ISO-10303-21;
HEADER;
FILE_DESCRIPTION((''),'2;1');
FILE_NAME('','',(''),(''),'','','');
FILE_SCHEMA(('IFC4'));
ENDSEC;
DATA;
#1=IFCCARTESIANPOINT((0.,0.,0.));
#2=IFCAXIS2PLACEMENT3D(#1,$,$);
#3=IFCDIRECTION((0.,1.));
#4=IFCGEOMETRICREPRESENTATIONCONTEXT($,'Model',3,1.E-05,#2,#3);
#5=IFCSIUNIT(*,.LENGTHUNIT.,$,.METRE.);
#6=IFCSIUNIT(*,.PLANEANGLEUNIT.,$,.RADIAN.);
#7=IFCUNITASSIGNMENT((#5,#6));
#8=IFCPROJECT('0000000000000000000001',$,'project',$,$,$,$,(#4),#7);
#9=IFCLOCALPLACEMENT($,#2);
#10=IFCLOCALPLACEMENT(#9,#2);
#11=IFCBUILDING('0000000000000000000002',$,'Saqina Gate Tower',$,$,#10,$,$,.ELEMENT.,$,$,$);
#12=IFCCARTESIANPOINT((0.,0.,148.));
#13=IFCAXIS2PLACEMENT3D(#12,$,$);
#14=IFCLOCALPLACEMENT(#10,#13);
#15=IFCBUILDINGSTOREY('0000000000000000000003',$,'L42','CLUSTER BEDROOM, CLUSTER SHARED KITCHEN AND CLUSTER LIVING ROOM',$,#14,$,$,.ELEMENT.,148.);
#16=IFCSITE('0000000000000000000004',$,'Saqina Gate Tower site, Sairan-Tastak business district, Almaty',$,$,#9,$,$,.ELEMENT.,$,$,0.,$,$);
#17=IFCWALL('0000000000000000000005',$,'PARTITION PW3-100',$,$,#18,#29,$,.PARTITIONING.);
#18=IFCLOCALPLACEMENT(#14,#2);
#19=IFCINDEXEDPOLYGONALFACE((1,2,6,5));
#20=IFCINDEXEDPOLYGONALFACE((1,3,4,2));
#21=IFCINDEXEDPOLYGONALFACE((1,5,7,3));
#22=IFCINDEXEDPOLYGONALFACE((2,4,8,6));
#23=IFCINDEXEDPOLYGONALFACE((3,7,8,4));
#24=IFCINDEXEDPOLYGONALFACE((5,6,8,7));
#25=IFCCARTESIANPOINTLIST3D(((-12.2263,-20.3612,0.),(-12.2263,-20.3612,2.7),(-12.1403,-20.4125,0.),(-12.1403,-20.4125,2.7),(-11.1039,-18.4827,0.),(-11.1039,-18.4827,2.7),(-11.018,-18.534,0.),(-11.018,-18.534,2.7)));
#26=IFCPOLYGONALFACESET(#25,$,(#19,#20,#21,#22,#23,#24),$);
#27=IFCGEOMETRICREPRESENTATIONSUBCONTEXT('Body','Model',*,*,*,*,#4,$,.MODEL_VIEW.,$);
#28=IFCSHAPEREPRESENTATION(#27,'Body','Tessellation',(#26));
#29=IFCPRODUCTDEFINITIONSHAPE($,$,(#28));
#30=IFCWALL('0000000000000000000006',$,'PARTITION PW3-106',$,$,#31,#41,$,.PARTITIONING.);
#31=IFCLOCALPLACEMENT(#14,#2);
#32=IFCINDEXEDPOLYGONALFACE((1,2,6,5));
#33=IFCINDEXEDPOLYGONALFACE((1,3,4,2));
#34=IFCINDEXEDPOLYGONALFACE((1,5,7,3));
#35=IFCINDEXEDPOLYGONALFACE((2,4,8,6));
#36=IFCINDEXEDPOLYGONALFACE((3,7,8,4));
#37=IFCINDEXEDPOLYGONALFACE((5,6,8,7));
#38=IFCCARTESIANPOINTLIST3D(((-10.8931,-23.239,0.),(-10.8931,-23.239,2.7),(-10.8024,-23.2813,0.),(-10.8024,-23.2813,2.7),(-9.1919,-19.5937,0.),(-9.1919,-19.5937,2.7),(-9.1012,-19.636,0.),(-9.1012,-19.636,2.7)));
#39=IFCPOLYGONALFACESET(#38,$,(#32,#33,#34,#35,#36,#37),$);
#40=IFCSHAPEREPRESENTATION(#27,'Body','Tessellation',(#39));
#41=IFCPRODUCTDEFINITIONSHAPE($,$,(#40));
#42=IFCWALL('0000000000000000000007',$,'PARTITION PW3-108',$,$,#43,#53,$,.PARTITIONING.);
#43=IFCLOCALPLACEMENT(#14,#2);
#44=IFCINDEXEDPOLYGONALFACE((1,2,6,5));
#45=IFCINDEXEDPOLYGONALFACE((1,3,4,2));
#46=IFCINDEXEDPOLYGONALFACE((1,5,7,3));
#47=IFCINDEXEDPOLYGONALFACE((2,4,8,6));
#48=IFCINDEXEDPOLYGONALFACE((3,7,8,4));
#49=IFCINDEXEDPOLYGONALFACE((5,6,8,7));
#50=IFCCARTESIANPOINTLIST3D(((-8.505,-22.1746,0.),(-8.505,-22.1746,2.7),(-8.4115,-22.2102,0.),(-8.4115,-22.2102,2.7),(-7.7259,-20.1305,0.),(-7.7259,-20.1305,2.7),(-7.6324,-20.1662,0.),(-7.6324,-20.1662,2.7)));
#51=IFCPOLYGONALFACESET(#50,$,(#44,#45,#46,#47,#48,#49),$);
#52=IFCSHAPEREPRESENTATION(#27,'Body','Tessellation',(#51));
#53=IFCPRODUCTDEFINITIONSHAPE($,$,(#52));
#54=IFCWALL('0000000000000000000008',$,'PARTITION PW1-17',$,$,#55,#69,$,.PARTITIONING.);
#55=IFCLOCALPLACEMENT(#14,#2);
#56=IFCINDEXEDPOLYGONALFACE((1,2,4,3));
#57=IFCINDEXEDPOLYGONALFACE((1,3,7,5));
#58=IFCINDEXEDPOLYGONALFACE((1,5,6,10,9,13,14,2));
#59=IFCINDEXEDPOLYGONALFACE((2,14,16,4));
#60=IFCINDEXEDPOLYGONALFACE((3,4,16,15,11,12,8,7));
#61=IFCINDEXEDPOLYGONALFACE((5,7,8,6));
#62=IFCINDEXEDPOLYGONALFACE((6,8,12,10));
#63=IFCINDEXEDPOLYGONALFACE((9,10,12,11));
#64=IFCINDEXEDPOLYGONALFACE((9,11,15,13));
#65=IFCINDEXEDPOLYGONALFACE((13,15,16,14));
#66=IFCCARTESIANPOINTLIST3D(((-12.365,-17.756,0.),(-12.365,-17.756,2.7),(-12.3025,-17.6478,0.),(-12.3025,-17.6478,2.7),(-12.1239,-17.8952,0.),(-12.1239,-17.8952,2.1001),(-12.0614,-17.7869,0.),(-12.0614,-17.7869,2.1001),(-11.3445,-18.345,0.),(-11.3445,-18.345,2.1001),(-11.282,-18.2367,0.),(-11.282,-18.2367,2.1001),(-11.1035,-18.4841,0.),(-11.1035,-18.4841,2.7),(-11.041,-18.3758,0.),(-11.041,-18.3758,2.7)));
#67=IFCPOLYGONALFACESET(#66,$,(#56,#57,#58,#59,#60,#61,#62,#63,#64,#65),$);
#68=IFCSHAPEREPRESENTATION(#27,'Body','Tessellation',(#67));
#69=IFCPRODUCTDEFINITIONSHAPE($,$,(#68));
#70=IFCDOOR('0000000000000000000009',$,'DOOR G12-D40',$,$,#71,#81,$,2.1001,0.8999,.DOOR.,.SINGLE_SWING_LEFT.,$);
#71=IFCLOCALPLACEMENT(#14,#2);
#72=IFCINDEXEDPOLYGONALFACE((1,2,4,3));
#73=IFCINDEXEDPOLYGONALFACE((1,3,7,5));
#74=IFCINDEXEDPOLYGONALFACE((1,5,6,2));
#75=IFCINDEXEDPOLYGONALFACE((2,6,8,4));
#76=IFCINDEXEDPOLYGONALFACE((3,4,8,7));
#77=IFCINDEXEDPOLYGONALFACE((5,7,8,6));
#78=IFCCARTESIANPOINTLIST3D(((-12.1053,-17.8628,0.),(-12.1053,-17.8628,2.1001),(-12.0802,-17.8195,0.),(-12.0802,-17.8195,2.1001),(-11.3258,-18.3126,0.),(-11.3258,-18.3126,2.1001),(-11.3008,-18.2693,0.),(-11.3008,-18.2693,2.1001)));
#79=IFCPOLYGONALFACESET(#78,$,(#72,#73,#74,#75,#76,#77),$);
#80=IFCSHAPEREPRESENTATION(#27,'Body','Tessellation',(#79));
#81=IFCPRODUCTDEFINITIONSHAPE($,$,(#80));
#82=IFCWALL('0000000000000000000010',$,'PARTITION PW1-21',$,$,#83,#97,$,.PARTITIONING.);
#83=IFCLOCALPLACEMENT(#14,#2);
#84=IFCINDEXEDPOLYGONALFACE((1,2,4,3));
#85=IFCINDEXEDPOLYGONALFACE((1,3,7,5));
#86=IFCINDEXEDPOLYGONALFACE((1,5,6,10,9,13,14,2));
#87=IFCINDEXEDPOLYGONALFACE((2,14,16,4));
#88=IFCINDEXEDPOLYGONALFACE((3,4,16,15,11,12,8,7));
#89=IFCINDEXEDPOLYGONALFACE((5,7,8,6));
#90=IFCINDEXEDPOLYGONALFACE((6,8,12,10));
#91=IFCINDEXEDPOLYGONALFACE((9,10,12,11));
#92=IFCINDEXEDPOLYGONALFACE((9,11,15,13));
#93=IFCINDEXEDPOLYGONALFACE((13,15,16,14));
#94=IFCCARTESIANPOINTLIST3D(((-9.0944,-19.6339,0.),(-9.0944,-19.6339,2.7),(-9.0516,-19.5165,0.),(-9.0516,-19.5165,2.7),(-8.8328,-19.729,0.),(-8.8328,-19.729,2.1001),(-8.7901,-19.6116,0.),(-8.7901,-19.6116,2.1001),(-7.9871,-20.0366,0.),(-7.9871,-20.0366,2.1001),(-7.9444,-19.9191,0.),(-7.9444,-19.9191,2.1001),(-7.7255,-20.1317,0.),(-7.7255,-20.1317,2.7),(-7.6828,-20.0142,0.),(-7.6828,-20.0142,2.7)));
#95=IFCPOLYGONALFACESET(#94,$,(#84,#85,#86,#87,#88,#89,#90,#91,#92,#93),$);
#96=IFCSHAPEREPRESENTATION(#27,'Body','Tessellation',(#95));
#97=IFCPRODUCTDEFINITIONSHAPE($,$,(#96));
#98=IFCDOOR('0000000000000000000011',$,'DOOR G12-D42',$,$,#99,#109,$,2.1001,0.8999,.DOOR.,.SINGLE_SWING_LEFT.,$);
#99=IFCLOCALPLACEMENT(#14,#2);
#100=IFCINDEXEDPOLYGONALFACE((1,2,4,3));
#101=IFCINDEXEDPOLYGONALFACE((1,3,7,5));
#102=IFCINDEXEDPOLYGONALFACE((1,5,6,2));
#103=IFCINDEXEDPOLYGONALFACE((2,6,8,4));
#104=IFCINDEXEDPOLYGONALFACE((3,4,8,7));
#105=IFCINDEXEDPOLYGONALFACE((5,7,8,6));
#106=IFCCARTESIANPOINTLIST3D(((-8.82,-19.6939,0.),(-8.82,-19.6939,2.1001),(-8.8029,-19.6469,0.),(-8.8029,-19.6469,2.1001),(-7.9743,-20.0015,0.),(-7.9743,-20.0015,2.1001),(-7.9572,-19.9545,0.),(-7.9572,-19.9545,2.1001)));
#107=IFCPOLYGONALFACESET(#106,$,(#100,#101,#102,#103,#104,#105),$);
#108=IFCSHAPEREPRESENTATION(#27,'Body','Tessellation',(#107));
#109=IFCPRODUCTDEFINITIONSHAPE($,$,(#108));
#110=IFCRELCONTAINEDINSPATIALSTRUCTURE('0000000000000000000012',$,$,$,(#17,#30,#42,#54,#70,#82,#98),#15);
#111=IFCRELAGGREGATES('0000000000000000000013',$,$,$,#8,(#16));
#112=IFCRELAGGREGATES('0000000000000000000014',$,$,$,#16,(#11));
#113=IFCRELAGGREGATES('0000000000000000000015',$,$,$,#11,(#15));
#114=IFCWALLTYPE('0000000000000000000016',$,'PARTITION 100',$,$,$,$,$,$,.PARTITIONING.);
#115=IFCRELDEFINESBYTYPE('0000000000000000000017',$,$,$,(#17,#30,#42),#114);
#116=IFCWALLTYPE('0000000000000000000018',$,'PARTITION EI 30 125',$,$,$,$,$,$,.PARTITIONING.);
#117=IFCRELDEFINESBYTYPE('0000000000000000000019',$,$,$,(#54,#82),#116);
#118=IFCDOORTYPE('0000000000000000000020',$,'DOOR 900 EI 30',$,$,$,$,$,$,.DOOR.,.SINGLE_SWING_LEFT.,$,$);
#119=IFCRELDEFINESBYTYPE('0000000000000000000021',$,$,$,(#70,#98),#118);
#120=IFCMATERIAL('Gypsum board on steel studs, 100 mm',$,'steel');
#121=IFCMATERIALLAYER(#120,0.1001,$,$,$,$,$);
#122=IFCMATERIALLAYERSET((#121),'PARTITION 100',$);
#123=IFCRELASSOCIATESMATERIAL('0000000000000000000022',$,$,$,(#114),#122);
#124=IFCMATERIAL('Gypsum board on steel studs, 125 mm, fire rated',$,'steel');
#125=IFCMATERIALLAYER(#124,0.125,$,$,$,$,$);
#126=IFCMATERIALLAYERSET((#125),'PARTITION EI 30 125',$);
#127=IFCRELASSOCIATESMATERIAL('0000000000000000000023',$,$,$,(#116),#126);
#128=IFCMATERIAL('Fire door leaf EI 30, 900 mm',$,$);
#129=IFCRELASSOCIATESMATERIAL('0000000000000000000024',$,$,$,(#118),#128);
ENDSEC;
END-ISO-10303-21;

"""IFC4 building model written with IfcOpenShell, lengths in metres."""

from ifc_helpers import new_model, si_unit, direction, frame, frame_2d, origin, place, context, subcontext, project, spatial, rectangle, extrude, material, layer, layer_set, type_object, element, fill, save


model = new_model("IFC4")

# Units and contexts
model_context = context("Model", 3, precision=1e-05, world=origin(), true_north=direction((0.0, 1.0)))
body_context = subcontext(model_context, "Body", "Model", "MODEL_VIEW")
ifc_project = project(units=[si_unit("LENGTHUNIT", "METRE"), si_unit("PLANEANGLEUNIT", "RADIAN")], contexts=[model_context])

# Site, building, storey
site_placement = place(None, origin())
site = spatial("IfcSite", under=ifc_project, at=site_placement, Name="Saqina Gate Tower site, Sairan-Tastak business district, Almaty", CompositionType="ELEMENT", RefElevation=0.0)
building_placement = place(site_placement, origin())
building = spatial("IfcBuilding", under=site, at=building_placement, Name="Saqina Gate Tower", CompositionType="ELEMENT")
storey_placement = place(building_placement, frame((0.0, 0.0, 148.0)))
storey = spatial("IfcBuildingStorey", under=building, at=storey_placement, Name="L42", Description="CLUSTER BEDROOM, CLUSTER SHARED KITCHEN AND CLUSTER LIVING ROOM", CompositionType="ELEMENT", Elevation=148.0)

# Shared definitions
ifc_material_1 = material(Name="Gypsum board on steel studs, 100 mm", Category="steel")
ifc_layer_1 = layer(ifc_material_1, 0.1001)
ifc_layer_set_1 = layer_set([ifc_layer_1], Name="PARTITION 100")
wall_type_1 = type_object("IfcWallType", Name="PARTITION 100", PredefinedType="PARTITIONING", material=ifc_layer_set_1)

# Walls
wall_1_placement = place(storey_placement, frame((-12.1833, -20.387, 0.0), z_axis=(0.0, 0.0, 1.0), x_axis=(0.512903, 0.858446, 0.0)))
element("IfcWall", 1, at=wall_1_placement, inside=storey, type_object=wall_type_1, Name="PARTITION PW3-100", PredefinedType="PARTITIONING", context=body_context, shape_type="SweptSolid", body=[
    extrude(rectangle(XDim=2.1882, YDim=0.1001, at=frame_2d((1.0942, 0.0))), origin(), (0.0, 0.0, 1.0), 2.7),
])
wall_2_placement = place(storey_placement, frame((-10.8477, -23.26, 0.0), z_axis=(0.0, 0.0, 1.0), x_axis=(0.422895, 0.906178, 0.0)))
element("IfcWall", 2, at=wall_2_placement, inside=storey, type_object=wall_type_1, Name="PARTITION PW3-106", PredefinedType="PARTITIONING", context=body_context, shape_type="SweptSolid", body=[
    extrude(rectangle(XDim=4.0227, YDim=0.1001, at=frame_2d((2.0112, 0.0))), origin(), (0.0, 0.0, 1.0), 2.7),
])
wall_3_placement = place(storey_placement, frame((-8.4583, -22.1924, 0.0), z_axis=(0.0, 0.0, 1.0), x_axis=(0.356158, 0.934426, 0.0)))
element("IfcWall", 3, at=wall_3_placement, inside=storey, type_object=wall_type_1, Name="PARTITION PW3-108", PredefinedType="PARTITIONING", context=body_context, shape_type="SweptSolid", body=[
    extrude(rectangle(XDim=2.1875, YDim=0.1001, at=frame_2d((1.0938, 0.0))), origin(), (0.0, 0.0, 1.0), 2.7),
])

# Walls, openings, doors
ifc_material_2 = material(Name="Gypsum board on steel studs, 125 mm, fire rated", Category="steel")
ifc_layer_2 = layer(ifc_material_2, 0.125)
ifc_layer_set_2 = layer_set([ifc_layer_2], Name="PARTITION EI 30 125")
wall_type_2 = type_object("IfcWallType", Name="PARTITION EI 30 125", PredefinedType="PARTITIONING", material=ifc_layer_set_2)
wall_4_placement = place(storey_placement, frame((-12.3337, -17.7019, 0.0), z_axis=(0.0, 0.0, 1.0), x_axis=(0.86611, -0.499853, 0.0)))
wall_4 = element("IfcWall", 4, at=wall_4_placement, inside=storey, type_object=wall_type_2, Name="PARTITION PW1-17", PredefinedType="PARTITIONING", context=body_context, shape_type="SweptSolid", body=[
    extrude(rectangle(XDim=1.4565, YDim=0.125, at=frame_2d((0.7283, 0.0))), origin(), (0.0, 0.0, 1.0), 2.7),
])
opening_1_placement = place(wall_4_placement, frame((0.2783, 0.0, 0.0)))
opening_1 = element("IfcOpeningElement", 5, at=opening_1_placement, cuts=wall_4, PredefinedType="OPENING", context=body_context, shape_type="SweptSolid", body=[
    extrude(rectangle(XDim=0.8999, YDim=2.1001, at=frame_2d((0.45, 1.05))), frame((0.0, 0.0745, 0.0), z_axis=(0.0, -1.0, 0.0), x_axis=(1.0, 0.0, 0.0)), (0.0, 0.0, 1.0), 0.1489),
])
ifc_material_3 = material(Name="Fire door leaf EI 30, 900 mm")
door_type_1 = type_object("IfcDoorType", Name="DOOR 900 EI 30", OperationType="SINGLE_SWING_LEFT", PredefinedType="DOOR", material=ifc_material_3)
door_1_placement = place(opening_1_placement, origin())
door_1 = element("IfcDoor", 6, at=door_1_placement, inside=storey, type_object=door_type_1, Name="DOOR G12-D40", OperationType="SINGLE_SWING_LEFT", OverallHeight=2.1001, OverallWidth=0.8999, PredefinedType="DOOR", context=body_context, shape_type="SweptSolid", body=[
    extrude(rectangle(XDim=0.8999, YDim=2.1001, at=frame_2d((0.45, 1.05))), frame((0.0, 0.0249, 0.0), z_axis=(0.0, -1.0, 0.0), x_axis=(1.0, 0.0, 0.0)), (0.0, 0.0, 1.0), 0.05),
])
fill(opening_1, door_1)
wall_5_placement = place(storey_placement, frame((-9.073, -19.5752, 0.0), z_axis=(0.0, 0.0, 1.0), x_axis=(0.939789, -0.341757, 0.0)))
wall_5 = element("IfcWall", 7, at=wall_5_placement, inside=storey, type_object=wall_type_2, Name="PARTITION PW1-21", PredefinedType="PARTITIONING", context=body_context, shape_type="SweptSolid", body=[
    extrude(rectangle(XDim=1.4565, YDim=0.125, at=frame_2d((0.7283, 0.0))), origin(), (0.0, 0.0, 1.0), 2.7),
])
opening_2_placement = place(wall_5_placement, frame((0.2783, 0.0, 0.0)))
opening_2 = element("IfcOpeningElement", 8, at=opening_2_placement, cuts=wall_5, PredefinedType="OPENING", context=body_context, shape_type="SweptSolid", body=[
    extrude(rectangle(XDim=0.8999, YDim=2.1001, at=frame_2d((0.45, 1.05))), frame((0.0, 0.0745, 0.0), z_axis=(0.0, -1.0, 0.0), x_axis=(1.0, 0.0, 0.0)), (0.0, 0.0, 1.0), 0.1489),
])
door_2_placement = place(opening_2_placement, origin())
door_2 = element("IfcDoor", 9, at=door_2_placement, inside=storey, type_object=door_type_1, Name="DOOR G12-D42", OperationType="SINGLE_SWING_LEFT", OverallHeight=2.1001, OverallWidth=0.8999, PredefinedType="DOOR", context=body_context, shape_type="SweptSolid", body=[
    extrude(rectangle(XDim=0.8999, YDim=2.1001, at=frame_2d((0.45, 1.05))), frame((0.0, 0.0249, 0.0), z_axis=(0.0, -1.0, 0.0), x_axis=(1.0, 0.0, 0.0)), (0.0, 0.0, 1.0), 0.05),
])
fill(opening_2, door_2)

save(model, "model.ifc")
